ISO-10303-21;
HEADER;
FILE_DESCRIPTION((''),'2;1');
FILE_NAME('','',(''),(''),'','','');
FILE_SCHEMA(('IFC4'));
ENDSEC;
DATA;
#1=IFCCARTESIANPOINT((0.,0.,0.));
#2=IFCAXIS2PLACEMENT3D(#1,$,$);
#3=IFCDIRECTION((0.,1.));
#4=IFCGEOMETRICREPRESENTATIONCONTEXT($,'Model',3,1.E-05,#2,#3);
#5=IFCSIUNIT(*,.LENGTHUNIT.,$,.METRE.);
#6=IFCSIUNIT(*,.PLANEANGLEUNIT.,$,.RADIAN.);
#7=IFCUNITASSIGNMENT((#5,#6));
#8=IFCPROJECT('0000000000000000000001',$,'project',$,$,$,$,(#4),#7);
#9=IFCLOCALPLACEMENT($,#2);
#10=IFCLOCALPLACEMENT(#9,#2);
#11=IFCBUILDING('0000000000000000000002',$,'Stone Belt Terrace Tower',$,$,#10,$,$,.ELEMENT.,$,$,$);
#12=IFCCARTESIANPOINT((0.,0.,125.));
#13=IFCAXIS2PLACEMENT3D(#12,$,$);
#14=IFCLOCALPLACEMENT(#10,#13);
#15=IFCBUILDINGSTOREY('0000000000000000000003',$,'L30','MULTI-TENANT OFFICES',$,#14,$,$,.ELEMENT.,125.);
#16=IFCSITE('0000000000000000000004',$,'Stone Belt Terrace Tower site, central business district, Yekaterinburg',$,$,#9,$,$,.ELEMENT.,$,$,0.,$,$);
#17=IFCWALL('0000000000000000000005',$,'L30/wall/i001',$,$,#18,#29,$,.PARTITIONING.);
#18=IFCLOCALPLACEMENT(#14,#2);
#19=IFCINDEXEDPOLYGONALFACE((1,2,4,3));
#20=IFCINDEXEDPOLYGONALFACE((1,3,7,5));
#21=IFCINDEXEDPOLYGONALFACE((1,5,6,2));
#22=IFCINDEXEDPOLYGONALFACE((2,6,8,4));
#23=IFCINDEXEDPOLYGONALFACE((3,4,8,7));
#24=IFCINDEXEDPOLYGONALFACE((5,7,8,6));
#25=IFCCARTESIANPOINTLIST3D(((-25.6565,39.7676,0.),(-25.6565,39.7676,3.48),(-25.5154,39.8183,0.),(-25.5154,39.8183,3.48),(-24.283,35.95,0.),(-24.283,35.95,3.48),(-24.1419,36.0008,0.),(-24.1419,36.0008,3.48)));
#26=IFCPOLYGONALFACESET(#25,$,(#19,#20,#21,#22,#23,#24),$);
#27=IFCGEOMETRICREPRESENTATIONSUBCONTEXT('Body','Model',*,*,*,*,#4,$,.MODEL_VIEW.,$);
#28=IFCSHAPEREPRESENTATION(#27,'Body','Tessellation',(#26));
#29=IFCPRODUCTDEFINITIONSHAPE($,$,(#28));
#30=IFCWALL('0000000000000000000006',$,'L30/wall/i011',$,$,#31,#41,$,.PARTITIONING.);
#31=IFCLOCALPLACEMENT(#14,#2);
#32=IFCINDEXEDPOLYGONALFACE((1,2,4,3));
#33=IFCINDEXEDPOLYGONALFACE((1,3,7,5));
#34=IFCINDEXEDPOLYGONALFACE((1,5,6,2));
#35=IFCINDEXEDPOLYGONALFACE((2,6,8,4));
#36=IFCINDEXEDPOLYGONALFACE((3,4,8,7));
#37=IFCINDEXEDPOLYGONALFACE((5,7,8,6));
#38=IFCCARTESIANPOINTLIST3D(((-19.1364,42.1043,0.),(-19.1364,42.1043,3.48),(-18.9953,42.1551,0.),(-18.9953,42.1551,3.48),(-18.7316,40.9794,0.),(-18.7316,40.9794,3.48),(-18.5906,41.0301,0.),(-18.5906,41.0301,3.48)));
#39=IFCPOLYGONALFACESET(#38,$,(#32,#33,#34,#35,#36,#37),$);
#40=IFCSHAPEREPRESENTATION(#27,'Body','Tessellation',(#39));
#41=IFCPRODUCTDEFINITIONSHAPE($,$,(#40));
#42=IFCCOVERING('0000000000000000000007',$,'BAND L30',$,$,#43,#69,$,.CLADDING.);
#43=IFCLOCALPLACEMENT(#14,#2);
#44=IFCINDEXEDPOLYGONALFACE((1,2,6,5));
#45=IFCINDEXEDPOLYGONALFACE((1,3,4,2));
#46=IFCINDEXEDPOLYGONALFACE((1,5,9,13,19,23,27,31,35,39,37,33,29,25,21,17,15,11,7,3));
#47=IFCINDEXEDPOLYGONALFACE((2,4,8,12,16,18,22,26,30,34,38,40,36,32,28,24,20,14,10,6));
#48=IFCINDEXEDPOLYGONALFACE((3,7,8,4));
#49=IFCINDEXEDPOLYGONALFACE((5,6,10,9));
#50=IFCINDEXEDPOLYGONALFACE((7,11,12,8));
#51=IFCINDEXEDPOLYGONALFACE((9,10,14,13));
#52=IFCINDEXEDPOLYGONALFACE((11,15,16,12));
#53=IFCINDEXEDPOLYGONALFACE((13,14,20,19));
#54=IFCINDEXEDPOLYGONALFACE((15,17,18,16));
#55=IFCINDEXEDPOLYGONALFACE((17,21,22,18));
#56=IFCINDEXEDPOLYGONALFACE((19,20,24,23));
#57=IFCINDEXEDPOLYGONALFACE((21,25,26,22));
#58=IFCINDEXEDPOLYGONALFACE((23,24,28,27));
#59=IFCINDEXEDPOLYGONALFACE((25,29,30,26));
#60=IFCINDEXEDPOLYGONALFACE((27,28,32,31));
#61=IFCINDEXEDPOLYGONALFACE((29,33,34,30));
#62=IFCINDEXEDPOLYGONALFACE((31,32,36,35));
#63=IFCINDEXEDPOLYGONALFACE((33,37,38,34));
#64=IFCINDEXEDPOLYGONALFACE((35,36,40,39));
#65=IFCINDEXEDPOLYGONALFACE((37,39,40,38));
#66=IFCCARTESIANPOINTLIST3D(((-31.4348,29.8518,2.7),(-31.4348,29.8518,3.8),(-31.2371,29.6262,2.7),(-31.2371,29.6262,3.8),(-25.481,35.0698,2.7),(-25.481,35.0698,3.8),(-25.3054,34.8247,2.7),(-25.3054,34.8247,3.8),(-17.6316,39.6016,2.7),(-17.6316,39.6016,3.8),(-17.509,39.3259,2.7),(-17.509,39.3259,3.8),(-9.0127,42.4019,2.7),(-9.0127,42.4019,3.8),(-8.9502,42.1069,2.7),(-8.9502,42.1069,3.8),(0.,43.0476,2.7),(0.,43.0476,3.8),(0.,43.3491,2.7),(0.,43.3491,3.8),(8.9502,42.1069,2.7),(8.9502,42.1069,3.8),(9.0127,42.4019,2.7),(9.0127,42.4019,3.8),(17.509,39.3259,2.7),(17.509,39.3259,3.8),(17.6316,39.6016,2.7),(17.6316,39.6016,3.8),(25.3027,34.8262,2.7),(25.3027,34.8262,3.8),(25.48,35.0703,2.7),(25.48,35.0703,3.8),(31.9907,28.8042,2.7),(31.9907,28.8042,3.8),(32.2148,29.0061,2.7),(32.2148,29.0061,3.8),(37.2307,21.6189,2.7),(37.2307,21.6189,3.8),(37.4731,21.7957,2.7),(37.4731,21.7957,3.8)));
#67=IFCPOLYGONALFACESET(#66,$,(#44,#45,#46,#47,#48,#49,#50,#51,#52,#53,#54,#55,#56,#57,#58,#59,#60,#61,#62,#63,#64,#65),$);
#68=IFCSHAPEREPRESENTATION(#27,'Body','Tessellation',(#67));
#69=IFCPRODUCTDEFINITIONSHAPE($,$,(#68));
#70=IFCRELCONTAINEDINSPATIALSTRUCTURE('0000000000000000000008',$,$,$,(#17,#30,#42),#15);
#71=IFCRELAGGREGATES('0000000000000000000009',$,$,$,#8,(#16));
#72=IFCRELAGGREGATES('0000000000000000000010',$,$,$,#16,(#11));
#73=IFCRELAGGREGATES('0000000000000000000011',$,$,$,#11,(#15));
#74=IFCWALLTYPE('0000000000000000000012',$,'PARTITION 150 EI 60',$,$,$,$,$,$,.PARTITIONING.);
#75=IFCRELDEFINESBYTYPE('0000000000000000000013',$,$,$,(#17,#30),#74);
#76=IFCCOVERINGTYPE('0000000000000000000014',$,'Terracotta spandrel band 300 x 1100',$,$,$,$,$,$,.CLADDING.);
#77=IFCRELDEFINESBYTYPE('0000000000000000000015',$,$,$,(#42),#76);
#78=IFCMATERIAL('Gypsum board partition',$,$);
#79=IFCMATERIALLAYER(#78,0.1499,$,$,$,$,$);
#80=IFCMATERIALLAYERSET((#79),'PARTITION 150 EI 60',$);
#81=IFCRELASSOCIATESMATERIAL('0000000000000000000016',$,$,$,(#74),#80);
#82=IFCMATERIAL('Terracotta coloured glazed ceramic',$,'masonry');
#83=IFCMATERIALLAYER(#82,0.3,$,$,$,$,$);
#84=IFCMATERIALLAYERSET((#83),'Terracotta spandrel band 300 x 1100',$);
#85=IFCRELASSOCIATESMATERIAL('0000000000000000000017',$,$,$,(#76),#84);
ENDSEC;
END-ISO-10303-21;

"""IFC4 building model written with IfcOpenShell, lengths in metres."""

from ifc_helpers import new_model, si_unit, direction, frame, frame_2d, origin, place, context, subcontext, project, spatial, polyline, rectangle, outline, extrude, material, layer, layer_set, type_object, element, save


model = new_model("IFC4")

# Units and contexts
model_context = context("Model", 3, precision=1e-05, world=origin(), true_north=direction((0.0, 1.0)))
body_context = subcontext(model_context, "Body", "Model", "MODEL_VIEW")
ifc_project = project(units=[si_unit("LENGTHUNIT", "METRE"), si_unit("PLANEANGLEUNIT", "RADIAN")], contexts=[model_context])

# Site, building, storey
site_placement = place(None, origin())
site = spatial("IfcSite", under=ifc_project, at=site_placement, Name="Stone Belt Terrace Tower site, central business district, Yekaterinburg", CompositionType="ELEMENT", RefElevation=0.0)
building_placement = place(site_placement, origin())
building = spatial("IfcBuilding", under=site, at=building_placement, Name="Stone Belt Terrace Tower", CompositionType="ELEMENT")
storey_placement = place(building_placement, frame((0.0, 0.0, 125.0)))
storey = spatial("IfcBuildingStorey", under=building, at=storey_placement, Name="L30", Description="MULTI-TENANT OFFICES", CompositionType="ELEMENT", Elevation=125.0)

# Walls
ifc_material_1 = material(Name="Gypsum board partition")
ifc_layer_1 = layer(ifc_material_1, 0.1499)
ifc_layer_set_1 = layer_set([ifc_layer_1], Name="PARTITION 150 EI 60")
wall_type = type_object("IfcWallType", Name="PARTITION 150 EI 60", PredefinedType="PARTITIONING", material=ifc_layer_set_1)
wall_1_placement = place(storey_placement, frame((-25.5859, 39.793, 0.0), z_axis=(0.0, 0.0, 1.0), x_axis=(0.338543, -0.940951, 0.0)))
element("IfcWall", 1, at=wall_1_placement, inside=storey, type_object=wall_type, Name="L30/wall/i001", PredefinedType="PARTITIONING", context=body_context, shape_type="SweptSolid", body=[
    extrude(rectangle(XDim=4.0571, YDim=0.1499, at=frame_2d((2.0286, 0.0))), origin(), (0.0, 0.0, 1.0), 3.48),
])
wall_2_placement = place(storey_placement, frame((-18.6611, 41.0049, 0.0), z_axis=(0.0, 0.0, 1.0), x_axis=(-0.33856, 0.940945, 0.0)))
element("IfcWall", 2, at=wall_2_placement, inside=storey, type_object=wall_type, Name="L30/wall/i011", PredefinedType="PARTITIONING", context=body_context, shape_type="SweptSolid", body=[
    extrude(rectangle(XDim=1.1956, YDim=0.1499, at=frame_2d((0.5977, 0.0))), origin(), (0.0, 0.0, 1.0), 3.48),
])

# Covering
ifc_material_2 = material(Name="Terracotta coloured glazed ceramic", Category="masonry")
ifc_layer_2 = layer(ifc_material_2, 0.3)
ifc_layer_set_2 = layer_set([ifc_layer_2], Name="Terracotta spandrel band 300 x 1100")
covering_type = type_object("IfcCoveringType", Name="Terracotta spandrel band 300 x 1100", PredefinedType="CLADDING", material=ifc_layer_set_2)
covering_placement = place(storey_placement, frame((0.0, 0.0, 2.7)))
element("IfcCovering", 3, at=covering_placement, inside=storey, type_object=covering_type, Name="BAND L30", PredefinedType="CLADDING", context=body_context, shape_type="SweptSolid", body=[
    extrude(outline(polyline([(-31.4348, 29.8518), (-25.481, 35.0698), (-17.6316, 39.6016), (-9.0127, 42.4019), (0.0, 43.3491), (9.0127, 42.4019), (17.6316, 39.6016), (25.48, 35.0703), (32.2148, 29.0061), (37.4731, 21.7957), (37.2307, 21.6189), (31.9907, 28.8042), (25.3027, 34.8262), (17.509, 39.3259), (8.9502, 42.1069), (0.0, 43.0476), (-8.9502, 42.1069), (-17.509, 39.3259), (-25.3054, 34.8247), (-31.2371, 29.6262), (-31.4348, 29.8518)])), origin(), (0.0, 0.0, 1.0), 1.1001),
])

save(model, "model.ifc")
